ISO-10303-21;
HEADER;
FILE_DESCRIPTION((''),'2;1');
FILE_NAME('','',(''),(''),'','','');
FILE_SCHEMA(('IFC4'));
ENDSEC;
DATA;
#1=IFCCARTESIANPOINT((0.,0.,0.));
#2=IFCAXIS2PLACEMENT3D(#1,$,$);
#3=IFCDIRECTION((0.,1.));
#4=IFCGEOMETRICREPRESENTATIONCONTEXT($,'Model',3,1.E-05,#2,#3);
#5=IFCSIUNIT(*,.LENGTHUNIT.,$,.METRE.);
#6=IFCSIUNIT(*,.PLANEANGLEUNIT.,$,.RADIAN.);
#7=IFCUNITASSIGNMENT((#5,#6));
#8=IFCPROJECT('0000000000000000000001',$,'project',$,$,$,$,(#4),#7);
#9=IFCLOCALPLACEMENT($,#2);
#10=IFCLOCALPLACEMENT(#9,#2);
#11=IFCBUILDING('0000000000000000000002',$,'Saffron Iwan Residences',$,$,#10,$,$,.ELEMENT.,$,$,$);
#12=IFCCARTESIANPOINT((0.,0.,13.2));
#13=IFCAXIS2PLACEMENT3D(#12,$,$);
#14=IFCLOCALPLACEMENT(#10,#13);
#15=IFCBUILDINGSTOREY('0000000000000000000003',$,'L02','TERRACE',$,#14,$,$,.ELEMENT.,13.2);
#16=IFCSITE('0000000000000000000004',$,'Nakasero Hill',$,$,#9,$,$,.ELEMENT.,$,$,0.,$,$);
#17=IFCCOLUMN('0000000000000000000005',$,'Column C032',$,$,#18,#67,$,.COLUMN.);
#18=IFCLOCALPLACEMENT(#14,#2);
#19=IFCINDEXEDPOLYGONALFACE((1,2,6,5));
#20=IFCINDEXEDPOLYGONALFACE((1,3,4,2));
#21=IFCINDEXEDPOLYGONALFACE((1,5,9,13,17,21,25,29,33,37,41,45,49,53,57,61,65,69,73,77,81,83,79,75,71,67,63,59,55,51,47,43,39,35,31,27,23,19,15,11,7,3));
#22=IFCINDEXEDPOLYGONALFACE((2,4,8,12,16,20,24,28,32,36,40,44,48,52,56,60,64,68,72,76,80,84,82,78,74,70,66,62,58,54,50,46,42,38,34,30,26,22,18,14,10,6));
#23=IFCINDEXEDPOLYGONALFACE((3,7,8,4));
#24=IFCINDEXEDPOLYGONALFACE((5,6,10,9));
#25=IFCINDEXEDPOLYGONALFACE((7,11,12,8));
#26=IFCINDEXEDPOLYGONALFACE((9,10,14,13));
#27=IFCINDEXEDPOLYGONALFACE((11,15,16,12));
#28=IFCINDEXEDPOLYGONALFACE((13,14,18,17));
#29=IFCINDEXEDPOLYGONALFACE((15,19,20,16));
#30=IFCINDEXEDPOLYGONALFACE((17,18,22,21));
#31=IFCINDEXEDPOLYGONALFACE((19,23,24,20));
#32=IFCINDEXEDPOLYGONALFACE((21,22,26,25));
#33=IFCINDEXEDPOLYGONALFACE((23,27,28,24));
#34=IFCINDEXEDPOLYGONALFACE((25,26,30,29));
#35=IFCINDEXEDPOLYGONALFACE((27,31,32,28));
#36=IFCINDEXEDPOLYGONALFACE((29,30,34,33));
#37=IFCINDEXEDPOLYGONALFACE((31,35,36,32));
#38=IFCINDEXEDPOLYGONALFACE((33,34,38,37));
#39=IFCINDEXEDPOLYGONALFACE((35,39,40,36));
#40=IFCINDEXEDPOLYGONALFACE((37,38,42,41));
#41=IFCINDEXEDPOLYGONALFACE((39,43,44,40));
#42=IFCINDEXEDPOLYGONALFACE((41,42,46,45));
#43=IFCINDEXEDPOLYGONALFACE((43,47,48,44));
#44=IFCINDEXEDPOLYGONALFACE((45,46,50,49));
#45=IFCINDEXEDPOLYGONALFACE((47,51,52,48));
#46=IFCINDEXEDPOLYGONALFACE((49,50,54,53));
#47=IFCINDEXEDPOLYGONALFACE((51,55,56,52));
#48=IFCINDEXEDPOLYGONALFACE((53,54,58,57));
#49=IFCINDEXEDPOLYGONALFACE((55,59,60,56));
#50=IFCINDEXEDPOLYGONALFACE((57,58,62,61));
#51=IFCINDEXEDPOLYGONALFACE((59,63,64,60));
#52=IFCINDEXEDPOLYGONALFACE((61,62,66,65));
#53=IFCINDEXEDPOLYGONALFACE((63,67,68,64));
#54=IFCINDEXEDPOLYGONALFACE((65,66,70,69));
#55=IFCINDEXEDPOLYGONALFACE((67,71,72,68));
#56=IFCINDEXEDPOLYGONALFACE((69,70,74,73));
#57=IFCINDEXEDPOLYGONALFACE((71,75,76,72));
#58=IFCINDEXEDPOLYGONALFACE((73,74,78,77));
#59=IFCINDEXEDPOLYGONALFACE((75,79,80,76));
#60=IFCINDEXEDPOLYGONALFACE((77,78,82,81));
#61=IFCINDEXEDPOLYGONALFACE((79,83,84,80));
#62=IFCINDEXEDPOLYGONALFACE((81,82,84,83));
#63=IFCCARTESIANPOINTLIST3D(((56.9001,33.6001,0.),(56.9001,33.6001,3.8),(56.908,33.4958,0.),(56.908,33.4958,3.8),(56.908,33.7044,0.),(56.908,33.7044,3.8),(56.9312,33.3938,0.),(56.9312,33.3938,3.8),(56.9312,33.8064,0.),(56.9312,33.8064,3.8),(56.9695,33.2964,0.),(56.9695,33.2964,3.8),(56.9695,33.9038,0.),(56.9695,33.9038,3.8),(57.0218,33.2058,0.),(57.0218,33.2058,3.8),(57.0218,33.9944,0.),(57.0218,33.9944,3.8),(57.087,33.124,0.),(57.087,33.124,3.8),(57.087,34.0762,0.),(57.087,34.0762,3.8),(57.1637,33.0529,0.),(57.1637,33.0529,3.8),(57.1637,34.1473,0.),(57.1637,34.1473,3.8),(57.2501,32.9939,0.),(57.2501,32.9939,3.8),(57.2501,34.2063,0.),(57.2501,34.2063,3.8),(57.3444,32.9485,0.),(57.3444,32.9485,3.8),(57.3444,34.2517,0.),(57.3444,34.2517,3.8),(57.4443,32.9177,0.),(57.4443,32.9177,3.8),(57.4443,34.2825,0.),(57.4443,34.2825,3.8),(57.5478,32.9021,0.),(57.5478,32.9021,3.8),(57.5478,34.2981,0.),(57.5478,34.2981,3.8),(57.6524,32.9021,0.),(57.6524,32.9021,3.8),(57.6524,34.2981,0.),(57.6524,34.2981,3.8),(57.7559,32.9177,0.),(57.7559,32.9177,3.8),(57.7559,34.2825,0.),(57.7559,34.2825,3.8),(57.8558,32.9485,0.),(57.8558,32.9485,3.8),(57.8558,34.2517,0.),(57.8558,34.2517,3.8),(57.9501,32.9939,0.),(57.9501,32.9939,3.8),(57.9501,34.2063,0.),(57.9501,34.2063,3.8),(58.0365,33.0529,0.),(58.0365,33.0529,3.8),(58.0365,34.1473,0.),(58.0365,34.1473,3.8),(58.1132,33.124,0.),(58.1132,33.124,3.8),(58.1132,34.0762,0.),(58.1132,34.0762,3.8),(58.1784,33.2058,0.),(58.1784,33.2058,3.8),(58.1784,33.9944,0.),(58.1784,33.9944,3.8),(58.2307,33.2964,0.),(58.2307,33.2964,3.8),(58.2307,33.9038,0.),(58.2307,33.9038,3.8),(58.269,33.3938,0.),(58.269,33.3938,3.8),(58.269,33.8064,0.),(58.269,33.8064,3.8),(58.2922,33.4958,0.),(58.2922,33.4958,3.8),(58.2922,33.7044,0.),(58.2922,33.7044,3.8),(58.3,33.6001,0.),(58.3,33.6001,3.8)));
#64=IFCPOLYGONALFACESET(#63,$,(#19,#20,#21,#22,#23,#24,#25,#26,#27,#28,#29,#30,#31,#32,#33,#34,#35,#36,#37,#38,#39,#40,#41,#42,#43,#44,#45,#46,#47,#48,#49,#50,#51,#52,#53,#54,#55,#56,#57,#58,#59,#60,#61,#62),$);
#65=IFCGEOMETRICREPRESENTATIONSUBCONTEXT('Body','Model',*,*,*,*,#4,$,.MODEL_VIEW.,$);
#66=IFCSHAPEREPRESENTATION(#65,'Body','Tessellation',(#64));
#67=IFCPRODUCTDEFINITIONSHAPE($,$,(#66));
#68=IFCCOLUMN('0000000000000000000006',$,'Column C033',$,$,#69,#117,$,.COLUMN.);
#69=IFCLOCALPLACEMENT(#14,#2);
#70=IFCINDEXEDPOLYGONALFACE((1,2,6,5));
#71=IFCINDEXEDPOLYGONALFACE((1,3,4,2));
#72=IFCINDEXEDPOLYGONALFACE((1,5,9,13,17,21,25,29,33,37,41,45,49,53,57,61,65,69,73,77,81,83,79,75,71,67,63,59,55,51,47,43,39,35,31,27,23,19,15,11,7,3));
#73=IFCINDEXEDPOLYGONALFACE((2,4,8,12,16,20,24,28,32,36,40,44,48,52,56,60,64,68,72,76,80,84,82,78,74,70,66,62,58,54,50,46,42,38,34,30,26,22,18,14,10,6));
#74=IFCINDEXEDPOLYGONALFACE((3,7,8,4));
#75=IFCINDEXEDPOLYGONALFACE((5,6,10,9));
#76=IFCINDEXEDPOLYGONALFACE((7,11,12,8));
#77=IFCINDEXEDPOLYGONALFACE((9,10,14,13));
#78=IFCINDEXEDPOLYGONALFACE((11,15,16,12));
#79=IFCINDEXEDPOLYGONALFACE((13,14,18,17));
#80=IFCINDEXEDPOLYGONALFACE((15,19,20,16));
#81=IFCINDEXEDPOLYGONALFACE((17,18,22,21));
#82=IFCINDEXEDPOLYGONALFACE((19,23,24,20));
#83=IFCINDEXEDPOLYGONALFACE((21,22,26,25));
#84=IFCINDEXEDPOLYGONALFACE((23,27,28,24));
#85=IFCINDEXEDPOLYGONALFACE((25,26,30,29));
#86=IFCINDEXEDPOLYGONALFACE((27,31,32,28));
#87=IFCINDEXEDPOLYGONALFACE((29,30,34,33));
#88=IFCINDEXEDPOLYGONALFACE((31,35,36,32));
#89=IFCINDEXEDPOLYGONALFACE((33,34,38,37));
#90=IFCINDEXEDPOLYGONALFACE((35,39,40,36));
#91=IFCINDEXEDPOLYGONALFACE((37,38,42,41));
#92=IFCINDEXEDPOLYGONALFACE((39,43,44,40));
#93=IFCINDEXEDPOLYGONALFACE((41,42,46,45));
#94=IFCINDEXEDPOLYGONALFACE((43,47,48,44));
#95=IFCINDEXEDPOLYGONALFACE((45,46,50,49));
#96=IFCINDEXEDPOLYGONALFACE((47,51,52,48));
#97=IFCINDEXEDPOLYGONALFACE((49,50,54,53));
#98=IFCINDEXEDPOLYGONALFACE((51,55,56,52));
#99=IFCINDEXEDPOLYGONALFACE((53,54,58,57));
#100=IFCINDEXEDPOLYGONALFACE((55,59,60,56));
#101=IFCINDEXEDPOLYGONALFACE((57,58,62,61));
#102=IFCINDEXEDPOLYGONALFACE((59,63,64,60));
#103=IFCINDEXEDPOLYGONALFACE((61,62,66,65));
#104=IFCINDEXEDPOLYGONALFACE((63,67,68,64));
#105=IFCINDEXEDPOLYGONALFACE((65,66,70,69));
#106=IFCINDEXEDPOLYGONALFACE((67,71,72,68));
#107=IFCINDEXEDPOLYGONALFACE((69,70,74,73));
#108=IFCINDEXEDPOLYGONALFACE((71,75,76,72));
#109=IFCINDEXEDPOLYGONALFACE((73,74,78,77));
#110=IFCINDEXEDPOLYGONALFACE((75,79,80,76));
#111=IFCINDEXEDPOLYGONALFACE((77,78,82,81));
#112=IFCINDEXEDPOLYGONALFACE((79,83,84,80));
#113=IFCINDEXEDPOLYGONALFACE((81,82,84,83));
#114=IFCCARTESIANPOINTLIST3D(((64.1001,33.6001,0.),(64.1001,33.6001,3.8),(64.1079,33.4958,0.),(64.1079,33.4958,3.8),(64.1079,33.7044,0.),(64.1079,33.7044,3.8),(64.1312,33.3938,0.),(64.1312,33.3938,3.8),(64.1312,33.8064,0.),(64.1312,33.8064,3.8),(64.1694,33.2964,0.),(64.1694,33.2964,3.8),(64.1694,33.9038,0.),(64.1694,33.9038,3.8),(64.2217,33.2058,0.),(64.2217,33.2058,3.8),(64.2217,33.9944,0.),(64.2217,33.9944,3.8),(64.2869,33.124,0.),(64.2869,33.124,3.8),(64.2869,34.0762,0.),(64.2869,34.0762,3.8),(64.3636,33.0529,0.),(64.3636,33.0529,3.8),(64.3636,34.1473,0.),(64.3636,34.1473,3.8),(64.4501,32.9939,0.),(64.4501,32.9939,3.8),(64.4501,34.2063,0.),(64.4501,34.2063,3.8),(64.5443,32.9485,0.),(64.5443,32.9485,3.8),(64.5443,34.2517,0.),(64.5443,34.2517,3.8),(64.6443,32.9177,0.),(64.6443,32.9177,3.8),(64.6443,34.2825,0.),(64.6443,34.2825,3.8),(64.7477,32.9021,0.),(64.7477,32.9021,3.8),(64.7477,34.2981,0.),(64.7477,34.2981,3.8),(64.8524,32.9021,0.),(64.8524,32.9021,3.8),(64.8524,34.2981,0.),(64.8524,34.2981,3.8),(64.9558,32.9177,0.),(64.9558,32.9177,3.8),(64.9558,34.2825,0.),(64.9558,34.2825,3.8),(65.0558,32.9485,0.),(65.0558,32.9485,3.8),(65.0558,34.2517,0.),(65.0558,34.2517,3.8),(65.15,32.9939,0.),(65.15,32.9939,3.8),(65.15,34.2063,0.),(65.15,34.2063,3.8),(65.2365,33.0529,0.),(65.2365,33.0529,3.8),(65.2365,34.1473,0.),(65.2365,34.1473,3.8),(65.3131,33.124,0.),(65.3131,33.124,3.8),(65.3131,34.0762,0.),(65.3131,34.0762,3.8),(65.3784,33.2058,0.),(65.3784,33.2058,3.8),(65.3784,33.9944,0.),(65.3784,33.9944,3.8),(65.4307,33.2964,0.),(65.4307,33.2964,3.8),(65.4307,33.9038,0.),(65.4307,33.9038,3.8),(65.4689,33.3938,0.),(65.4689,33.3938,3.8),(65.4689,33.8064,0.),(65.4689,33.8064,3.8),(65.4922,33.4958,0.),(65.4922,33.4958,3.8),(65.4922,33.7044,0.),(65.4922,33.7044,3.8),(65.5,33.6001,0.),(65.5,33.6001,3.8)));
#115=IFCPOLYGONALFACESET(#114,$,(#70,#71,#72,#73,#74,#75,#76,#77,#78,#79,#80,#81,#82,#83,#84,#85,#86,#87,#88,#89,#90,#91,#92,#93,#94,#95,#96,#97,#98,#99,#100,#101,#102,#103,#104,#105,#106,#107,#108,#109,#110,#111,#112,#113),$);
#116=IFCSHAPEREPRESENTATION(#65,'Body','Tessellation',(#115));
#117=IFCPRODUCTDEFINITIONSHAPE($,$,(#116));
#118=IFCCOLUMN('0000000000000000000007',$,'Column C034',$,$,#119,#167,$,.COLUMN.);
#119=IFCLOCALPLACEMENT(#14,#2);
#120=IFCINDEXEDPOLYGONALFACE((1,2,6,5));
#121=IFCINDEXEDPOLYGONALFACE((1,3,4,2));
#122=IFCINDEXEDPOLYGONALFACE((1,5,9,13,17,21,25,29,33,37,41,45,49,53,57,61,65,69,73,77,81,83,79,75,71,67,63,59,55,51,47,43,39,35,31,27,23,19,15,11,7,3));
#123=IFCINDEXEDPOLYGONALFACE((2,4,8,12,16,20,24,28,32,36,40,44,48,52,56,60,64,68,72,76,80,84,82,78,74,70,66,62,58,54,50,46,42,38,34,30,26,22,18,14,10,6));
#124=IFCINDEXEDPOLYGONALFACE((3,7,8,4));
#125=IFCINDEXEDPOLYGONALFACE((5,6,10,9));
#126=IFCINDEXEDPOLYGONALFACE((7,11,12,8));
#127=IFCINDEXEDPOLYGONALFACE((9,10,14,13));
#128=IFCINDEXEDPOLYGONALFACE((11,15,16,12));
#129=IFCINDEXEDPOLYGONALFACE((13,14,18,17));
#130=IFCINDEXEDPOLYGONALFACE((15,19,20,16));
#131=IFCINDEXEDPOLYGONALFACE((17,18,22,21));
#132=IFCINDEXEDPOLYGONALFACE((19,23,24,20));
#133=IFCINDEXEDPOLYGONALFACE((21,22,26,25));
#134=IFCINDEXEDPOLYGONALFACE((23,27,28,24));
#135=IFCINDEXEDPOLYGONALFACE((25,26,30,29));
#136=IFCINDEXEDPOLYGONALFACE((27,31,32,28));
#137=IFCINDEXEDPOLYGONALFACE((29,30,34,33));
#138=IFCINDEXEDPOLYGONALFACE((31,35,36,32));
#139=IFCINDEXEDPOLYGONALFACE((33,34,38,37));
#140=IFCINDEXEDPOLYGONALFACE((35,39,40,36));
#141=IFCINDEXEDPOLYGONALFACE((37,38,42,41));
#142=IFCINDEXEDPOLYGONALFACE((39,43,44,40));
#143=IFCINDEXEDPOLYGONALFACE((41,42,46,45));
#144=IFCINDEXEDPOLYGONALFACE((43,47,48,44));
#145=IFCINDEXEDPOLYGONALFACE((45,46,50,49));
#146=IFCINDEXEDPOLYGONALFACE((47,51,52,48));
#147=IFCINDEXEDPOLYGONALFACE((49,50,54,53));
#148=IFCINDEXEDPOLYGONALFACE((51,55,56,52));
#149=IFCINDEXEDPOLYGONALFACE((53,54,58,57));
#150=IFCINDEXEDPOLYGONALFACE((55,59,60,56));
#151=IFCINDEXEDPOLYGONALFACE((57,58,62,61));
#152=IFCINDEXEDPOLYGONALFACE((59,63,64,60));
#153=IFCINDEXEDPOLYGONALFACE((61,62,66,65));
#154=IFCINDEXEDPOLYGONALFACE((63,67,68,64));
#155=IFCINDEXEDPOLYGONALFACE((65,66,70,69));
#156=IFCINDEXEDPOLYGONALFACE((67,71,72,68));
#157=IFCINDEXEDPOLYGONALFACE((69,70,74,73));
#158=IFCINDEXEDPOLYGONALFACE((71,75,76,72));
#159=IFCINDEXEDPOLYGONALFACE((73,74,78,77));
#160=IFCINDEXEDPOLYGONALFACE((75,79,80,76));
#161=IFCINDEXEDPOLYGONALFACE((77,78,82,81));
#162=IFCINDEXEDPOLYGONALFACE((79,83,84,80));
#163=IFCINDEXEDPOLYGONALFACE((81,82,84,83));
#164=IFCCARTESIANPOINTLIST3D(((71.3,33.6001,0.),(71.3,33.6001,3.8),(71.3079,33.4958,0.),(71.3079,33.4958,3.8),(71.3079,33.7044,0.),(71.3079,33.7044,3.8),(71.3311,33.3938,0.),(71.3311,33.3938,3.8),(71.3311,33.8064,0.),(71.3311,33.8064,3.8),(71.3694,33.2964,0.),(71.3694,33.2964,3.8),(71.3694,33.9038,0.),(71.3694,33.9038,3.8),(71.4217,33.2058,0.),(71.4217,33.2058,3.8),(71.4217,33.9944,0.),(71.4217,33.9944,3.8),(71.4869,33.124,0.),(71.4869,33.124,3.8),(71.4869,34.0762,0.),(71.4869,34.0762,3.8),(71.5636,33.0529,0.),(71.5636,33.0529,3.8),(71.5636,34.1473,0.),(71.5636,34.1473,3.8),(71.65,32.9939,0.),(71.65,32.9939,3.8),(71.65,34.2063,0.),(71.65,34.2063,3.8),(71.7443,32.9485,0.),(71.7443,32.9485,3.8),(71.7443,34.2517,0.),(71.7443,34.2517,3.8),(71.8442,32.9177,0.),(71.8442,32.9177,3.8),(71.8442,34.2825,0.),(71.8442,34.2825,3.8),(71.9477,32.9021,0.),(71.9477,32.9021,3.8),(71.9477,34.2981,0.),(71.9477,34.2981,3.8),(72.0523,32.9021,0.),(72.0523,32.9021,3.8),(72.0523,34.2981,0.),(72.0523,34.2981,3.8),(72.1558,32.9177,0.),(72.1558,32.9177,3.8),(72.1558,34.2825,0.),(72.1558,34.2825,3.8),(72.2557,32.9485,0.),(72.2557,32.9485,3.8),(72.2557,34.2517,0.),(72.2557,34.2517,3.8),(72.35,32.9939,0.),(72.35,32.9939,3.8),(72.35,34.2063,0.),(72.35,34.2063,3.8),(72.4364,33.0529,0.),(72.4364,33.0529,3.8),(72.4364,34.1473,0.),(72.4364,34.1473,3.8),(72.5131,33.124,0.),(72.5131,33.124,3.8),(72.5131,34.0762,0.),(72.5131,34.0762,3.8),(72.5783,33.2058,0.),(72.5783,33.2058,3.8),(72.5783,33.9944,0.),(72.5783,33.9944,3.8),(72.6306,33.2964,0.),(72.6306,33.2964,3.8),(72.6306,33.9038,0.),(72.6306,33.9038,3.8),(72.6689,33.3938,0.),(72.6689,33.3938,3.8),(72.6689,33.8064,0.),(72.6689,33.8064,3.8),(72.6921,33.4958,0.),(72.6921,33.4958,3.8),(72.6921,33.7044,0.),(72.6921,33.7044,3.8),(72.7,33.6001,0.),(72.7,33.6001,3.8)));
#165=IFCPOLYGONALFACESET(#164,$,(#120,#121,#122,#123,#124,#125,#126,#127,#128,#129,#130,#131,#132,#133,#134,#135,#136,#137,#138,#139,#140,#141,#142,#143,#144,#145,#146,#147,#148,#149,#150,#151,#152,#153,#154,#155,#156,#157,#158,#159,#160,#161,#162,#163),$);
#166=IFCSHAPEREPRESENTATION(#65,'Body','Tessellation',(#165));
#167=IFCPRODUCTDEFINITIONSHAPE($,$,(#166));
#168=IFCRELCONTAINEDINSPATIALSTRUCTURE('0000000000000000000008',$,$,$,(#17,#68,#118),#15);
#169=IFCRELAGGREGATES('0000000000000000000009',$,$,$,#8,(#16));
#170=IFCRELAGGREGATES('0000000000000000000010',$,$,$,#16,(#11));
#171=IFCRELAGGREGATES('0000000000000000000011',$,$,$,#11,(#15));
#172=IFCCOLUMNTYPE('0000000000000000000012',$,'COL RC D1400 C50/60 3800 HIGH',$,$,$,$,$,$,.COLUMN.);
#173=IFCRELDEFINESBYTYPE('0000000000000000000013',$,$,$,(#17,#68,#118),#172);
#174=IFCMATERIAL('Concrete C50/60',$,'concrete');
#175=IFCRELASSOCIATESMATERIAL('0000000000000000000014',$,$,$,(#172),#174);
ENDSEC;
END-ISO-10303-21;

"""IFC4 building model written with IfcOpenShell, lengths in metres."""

from ifc_helpers import new_model, si_unit, direction, frame, origin, origin_2d, place, context, subcontext, project, spatial, circle, extrude, source, transform, mapped, material, material_profile, profile_set, type_object, element, save


model = new_model("IFC4")

# Units and contexts
model_context = context("Model", 3, precision=1e-05, world=origin(), true_north=direction((0.0, 1.0)))
body_context = subcontext(model_context, "Body", "Model", "MODEL_VIEW")
ifc_project = project(units=[si_unit("LENGTHUNIT", "METRE"), si_unit("PLANEANGLEUNIT", "RADIAN")], contexts=[model_context])

# Site, building, storey
site_placement = place(None, origin())
site = spatial("IfcSite", under=ifc_project, at=site_placement, Name="Nakasero Hill", CompositionType="ELEMENT", RefElevation=0.0)
building_placement = place(site_placement, origin())
building = spatial("IfcBuilding", under=site, at=building_placement, Name="Saffron Iwan Residences", CompositionType="ELEMENT")
storey_placement = place(building_placement, frame((0.0, 0.0, 13.2)))
storey = spatial("IfcBuildingStorey", under=building, at=storey_placement, Name="L02", Description="TERRACE", CompositionType="ELEMENT", Elevation=13.2)

# Columns
ifc_material_1 = material(Name="Concrete C50/60", Category="concrete")
ifc_material_profile_1 = material_profile(ifc_material_1, circle(Radius=0.7, at=origin_2d()), Name="RC D1400")
ifc_profile_set_1 = profile_set([ifc_material_profile_1], Name="Concrete C50/60")
column_type = type_object("IfcColumnType", Name="COL RC D1400 C50/60 3800 HIGH", PredefinedType="COLUMN", material=ifc_profile_set_1)
shared_shape_1 = source(origin(), body_context, "Body", "SweptSolid", [
    extrude(circle(Radius=0.7, at=origin_2d()), origin(), (0.0, 0.0, 1.0), 3.8),
])
for number, where, z_axis, x_axis, name in (
    (1, (57.6001, 33.6001, 0.0), (0.0, 0.0, 1.0), (1.0, 0.0, 0.0), "Column C032"),
    (2, (64.8, 33.6001, 0.0), (0.0, 0.0, 1.0), (1.0, 0.0, 0.0), "Column C033"),
    (3, (72.0, 33.6001, 0.0), (0.0, 0.0, 1.0), (1.0, 0.0, 0.0), "Column C034"),
):
    element("IfcColumn", number, at=place(storey_placement, frame(where, z_axis=z_axis, x_axis=x_axis)), inside=storey, type_object=column_type, Name=name, PredefinedType="COLUMN", context=body_context, shape_type="MappedRepresentation", body=[
        mapped(shared_shape_1, transform((0.0, 0.0, 0.0))),
    ])

save(model, "model.ifc")
